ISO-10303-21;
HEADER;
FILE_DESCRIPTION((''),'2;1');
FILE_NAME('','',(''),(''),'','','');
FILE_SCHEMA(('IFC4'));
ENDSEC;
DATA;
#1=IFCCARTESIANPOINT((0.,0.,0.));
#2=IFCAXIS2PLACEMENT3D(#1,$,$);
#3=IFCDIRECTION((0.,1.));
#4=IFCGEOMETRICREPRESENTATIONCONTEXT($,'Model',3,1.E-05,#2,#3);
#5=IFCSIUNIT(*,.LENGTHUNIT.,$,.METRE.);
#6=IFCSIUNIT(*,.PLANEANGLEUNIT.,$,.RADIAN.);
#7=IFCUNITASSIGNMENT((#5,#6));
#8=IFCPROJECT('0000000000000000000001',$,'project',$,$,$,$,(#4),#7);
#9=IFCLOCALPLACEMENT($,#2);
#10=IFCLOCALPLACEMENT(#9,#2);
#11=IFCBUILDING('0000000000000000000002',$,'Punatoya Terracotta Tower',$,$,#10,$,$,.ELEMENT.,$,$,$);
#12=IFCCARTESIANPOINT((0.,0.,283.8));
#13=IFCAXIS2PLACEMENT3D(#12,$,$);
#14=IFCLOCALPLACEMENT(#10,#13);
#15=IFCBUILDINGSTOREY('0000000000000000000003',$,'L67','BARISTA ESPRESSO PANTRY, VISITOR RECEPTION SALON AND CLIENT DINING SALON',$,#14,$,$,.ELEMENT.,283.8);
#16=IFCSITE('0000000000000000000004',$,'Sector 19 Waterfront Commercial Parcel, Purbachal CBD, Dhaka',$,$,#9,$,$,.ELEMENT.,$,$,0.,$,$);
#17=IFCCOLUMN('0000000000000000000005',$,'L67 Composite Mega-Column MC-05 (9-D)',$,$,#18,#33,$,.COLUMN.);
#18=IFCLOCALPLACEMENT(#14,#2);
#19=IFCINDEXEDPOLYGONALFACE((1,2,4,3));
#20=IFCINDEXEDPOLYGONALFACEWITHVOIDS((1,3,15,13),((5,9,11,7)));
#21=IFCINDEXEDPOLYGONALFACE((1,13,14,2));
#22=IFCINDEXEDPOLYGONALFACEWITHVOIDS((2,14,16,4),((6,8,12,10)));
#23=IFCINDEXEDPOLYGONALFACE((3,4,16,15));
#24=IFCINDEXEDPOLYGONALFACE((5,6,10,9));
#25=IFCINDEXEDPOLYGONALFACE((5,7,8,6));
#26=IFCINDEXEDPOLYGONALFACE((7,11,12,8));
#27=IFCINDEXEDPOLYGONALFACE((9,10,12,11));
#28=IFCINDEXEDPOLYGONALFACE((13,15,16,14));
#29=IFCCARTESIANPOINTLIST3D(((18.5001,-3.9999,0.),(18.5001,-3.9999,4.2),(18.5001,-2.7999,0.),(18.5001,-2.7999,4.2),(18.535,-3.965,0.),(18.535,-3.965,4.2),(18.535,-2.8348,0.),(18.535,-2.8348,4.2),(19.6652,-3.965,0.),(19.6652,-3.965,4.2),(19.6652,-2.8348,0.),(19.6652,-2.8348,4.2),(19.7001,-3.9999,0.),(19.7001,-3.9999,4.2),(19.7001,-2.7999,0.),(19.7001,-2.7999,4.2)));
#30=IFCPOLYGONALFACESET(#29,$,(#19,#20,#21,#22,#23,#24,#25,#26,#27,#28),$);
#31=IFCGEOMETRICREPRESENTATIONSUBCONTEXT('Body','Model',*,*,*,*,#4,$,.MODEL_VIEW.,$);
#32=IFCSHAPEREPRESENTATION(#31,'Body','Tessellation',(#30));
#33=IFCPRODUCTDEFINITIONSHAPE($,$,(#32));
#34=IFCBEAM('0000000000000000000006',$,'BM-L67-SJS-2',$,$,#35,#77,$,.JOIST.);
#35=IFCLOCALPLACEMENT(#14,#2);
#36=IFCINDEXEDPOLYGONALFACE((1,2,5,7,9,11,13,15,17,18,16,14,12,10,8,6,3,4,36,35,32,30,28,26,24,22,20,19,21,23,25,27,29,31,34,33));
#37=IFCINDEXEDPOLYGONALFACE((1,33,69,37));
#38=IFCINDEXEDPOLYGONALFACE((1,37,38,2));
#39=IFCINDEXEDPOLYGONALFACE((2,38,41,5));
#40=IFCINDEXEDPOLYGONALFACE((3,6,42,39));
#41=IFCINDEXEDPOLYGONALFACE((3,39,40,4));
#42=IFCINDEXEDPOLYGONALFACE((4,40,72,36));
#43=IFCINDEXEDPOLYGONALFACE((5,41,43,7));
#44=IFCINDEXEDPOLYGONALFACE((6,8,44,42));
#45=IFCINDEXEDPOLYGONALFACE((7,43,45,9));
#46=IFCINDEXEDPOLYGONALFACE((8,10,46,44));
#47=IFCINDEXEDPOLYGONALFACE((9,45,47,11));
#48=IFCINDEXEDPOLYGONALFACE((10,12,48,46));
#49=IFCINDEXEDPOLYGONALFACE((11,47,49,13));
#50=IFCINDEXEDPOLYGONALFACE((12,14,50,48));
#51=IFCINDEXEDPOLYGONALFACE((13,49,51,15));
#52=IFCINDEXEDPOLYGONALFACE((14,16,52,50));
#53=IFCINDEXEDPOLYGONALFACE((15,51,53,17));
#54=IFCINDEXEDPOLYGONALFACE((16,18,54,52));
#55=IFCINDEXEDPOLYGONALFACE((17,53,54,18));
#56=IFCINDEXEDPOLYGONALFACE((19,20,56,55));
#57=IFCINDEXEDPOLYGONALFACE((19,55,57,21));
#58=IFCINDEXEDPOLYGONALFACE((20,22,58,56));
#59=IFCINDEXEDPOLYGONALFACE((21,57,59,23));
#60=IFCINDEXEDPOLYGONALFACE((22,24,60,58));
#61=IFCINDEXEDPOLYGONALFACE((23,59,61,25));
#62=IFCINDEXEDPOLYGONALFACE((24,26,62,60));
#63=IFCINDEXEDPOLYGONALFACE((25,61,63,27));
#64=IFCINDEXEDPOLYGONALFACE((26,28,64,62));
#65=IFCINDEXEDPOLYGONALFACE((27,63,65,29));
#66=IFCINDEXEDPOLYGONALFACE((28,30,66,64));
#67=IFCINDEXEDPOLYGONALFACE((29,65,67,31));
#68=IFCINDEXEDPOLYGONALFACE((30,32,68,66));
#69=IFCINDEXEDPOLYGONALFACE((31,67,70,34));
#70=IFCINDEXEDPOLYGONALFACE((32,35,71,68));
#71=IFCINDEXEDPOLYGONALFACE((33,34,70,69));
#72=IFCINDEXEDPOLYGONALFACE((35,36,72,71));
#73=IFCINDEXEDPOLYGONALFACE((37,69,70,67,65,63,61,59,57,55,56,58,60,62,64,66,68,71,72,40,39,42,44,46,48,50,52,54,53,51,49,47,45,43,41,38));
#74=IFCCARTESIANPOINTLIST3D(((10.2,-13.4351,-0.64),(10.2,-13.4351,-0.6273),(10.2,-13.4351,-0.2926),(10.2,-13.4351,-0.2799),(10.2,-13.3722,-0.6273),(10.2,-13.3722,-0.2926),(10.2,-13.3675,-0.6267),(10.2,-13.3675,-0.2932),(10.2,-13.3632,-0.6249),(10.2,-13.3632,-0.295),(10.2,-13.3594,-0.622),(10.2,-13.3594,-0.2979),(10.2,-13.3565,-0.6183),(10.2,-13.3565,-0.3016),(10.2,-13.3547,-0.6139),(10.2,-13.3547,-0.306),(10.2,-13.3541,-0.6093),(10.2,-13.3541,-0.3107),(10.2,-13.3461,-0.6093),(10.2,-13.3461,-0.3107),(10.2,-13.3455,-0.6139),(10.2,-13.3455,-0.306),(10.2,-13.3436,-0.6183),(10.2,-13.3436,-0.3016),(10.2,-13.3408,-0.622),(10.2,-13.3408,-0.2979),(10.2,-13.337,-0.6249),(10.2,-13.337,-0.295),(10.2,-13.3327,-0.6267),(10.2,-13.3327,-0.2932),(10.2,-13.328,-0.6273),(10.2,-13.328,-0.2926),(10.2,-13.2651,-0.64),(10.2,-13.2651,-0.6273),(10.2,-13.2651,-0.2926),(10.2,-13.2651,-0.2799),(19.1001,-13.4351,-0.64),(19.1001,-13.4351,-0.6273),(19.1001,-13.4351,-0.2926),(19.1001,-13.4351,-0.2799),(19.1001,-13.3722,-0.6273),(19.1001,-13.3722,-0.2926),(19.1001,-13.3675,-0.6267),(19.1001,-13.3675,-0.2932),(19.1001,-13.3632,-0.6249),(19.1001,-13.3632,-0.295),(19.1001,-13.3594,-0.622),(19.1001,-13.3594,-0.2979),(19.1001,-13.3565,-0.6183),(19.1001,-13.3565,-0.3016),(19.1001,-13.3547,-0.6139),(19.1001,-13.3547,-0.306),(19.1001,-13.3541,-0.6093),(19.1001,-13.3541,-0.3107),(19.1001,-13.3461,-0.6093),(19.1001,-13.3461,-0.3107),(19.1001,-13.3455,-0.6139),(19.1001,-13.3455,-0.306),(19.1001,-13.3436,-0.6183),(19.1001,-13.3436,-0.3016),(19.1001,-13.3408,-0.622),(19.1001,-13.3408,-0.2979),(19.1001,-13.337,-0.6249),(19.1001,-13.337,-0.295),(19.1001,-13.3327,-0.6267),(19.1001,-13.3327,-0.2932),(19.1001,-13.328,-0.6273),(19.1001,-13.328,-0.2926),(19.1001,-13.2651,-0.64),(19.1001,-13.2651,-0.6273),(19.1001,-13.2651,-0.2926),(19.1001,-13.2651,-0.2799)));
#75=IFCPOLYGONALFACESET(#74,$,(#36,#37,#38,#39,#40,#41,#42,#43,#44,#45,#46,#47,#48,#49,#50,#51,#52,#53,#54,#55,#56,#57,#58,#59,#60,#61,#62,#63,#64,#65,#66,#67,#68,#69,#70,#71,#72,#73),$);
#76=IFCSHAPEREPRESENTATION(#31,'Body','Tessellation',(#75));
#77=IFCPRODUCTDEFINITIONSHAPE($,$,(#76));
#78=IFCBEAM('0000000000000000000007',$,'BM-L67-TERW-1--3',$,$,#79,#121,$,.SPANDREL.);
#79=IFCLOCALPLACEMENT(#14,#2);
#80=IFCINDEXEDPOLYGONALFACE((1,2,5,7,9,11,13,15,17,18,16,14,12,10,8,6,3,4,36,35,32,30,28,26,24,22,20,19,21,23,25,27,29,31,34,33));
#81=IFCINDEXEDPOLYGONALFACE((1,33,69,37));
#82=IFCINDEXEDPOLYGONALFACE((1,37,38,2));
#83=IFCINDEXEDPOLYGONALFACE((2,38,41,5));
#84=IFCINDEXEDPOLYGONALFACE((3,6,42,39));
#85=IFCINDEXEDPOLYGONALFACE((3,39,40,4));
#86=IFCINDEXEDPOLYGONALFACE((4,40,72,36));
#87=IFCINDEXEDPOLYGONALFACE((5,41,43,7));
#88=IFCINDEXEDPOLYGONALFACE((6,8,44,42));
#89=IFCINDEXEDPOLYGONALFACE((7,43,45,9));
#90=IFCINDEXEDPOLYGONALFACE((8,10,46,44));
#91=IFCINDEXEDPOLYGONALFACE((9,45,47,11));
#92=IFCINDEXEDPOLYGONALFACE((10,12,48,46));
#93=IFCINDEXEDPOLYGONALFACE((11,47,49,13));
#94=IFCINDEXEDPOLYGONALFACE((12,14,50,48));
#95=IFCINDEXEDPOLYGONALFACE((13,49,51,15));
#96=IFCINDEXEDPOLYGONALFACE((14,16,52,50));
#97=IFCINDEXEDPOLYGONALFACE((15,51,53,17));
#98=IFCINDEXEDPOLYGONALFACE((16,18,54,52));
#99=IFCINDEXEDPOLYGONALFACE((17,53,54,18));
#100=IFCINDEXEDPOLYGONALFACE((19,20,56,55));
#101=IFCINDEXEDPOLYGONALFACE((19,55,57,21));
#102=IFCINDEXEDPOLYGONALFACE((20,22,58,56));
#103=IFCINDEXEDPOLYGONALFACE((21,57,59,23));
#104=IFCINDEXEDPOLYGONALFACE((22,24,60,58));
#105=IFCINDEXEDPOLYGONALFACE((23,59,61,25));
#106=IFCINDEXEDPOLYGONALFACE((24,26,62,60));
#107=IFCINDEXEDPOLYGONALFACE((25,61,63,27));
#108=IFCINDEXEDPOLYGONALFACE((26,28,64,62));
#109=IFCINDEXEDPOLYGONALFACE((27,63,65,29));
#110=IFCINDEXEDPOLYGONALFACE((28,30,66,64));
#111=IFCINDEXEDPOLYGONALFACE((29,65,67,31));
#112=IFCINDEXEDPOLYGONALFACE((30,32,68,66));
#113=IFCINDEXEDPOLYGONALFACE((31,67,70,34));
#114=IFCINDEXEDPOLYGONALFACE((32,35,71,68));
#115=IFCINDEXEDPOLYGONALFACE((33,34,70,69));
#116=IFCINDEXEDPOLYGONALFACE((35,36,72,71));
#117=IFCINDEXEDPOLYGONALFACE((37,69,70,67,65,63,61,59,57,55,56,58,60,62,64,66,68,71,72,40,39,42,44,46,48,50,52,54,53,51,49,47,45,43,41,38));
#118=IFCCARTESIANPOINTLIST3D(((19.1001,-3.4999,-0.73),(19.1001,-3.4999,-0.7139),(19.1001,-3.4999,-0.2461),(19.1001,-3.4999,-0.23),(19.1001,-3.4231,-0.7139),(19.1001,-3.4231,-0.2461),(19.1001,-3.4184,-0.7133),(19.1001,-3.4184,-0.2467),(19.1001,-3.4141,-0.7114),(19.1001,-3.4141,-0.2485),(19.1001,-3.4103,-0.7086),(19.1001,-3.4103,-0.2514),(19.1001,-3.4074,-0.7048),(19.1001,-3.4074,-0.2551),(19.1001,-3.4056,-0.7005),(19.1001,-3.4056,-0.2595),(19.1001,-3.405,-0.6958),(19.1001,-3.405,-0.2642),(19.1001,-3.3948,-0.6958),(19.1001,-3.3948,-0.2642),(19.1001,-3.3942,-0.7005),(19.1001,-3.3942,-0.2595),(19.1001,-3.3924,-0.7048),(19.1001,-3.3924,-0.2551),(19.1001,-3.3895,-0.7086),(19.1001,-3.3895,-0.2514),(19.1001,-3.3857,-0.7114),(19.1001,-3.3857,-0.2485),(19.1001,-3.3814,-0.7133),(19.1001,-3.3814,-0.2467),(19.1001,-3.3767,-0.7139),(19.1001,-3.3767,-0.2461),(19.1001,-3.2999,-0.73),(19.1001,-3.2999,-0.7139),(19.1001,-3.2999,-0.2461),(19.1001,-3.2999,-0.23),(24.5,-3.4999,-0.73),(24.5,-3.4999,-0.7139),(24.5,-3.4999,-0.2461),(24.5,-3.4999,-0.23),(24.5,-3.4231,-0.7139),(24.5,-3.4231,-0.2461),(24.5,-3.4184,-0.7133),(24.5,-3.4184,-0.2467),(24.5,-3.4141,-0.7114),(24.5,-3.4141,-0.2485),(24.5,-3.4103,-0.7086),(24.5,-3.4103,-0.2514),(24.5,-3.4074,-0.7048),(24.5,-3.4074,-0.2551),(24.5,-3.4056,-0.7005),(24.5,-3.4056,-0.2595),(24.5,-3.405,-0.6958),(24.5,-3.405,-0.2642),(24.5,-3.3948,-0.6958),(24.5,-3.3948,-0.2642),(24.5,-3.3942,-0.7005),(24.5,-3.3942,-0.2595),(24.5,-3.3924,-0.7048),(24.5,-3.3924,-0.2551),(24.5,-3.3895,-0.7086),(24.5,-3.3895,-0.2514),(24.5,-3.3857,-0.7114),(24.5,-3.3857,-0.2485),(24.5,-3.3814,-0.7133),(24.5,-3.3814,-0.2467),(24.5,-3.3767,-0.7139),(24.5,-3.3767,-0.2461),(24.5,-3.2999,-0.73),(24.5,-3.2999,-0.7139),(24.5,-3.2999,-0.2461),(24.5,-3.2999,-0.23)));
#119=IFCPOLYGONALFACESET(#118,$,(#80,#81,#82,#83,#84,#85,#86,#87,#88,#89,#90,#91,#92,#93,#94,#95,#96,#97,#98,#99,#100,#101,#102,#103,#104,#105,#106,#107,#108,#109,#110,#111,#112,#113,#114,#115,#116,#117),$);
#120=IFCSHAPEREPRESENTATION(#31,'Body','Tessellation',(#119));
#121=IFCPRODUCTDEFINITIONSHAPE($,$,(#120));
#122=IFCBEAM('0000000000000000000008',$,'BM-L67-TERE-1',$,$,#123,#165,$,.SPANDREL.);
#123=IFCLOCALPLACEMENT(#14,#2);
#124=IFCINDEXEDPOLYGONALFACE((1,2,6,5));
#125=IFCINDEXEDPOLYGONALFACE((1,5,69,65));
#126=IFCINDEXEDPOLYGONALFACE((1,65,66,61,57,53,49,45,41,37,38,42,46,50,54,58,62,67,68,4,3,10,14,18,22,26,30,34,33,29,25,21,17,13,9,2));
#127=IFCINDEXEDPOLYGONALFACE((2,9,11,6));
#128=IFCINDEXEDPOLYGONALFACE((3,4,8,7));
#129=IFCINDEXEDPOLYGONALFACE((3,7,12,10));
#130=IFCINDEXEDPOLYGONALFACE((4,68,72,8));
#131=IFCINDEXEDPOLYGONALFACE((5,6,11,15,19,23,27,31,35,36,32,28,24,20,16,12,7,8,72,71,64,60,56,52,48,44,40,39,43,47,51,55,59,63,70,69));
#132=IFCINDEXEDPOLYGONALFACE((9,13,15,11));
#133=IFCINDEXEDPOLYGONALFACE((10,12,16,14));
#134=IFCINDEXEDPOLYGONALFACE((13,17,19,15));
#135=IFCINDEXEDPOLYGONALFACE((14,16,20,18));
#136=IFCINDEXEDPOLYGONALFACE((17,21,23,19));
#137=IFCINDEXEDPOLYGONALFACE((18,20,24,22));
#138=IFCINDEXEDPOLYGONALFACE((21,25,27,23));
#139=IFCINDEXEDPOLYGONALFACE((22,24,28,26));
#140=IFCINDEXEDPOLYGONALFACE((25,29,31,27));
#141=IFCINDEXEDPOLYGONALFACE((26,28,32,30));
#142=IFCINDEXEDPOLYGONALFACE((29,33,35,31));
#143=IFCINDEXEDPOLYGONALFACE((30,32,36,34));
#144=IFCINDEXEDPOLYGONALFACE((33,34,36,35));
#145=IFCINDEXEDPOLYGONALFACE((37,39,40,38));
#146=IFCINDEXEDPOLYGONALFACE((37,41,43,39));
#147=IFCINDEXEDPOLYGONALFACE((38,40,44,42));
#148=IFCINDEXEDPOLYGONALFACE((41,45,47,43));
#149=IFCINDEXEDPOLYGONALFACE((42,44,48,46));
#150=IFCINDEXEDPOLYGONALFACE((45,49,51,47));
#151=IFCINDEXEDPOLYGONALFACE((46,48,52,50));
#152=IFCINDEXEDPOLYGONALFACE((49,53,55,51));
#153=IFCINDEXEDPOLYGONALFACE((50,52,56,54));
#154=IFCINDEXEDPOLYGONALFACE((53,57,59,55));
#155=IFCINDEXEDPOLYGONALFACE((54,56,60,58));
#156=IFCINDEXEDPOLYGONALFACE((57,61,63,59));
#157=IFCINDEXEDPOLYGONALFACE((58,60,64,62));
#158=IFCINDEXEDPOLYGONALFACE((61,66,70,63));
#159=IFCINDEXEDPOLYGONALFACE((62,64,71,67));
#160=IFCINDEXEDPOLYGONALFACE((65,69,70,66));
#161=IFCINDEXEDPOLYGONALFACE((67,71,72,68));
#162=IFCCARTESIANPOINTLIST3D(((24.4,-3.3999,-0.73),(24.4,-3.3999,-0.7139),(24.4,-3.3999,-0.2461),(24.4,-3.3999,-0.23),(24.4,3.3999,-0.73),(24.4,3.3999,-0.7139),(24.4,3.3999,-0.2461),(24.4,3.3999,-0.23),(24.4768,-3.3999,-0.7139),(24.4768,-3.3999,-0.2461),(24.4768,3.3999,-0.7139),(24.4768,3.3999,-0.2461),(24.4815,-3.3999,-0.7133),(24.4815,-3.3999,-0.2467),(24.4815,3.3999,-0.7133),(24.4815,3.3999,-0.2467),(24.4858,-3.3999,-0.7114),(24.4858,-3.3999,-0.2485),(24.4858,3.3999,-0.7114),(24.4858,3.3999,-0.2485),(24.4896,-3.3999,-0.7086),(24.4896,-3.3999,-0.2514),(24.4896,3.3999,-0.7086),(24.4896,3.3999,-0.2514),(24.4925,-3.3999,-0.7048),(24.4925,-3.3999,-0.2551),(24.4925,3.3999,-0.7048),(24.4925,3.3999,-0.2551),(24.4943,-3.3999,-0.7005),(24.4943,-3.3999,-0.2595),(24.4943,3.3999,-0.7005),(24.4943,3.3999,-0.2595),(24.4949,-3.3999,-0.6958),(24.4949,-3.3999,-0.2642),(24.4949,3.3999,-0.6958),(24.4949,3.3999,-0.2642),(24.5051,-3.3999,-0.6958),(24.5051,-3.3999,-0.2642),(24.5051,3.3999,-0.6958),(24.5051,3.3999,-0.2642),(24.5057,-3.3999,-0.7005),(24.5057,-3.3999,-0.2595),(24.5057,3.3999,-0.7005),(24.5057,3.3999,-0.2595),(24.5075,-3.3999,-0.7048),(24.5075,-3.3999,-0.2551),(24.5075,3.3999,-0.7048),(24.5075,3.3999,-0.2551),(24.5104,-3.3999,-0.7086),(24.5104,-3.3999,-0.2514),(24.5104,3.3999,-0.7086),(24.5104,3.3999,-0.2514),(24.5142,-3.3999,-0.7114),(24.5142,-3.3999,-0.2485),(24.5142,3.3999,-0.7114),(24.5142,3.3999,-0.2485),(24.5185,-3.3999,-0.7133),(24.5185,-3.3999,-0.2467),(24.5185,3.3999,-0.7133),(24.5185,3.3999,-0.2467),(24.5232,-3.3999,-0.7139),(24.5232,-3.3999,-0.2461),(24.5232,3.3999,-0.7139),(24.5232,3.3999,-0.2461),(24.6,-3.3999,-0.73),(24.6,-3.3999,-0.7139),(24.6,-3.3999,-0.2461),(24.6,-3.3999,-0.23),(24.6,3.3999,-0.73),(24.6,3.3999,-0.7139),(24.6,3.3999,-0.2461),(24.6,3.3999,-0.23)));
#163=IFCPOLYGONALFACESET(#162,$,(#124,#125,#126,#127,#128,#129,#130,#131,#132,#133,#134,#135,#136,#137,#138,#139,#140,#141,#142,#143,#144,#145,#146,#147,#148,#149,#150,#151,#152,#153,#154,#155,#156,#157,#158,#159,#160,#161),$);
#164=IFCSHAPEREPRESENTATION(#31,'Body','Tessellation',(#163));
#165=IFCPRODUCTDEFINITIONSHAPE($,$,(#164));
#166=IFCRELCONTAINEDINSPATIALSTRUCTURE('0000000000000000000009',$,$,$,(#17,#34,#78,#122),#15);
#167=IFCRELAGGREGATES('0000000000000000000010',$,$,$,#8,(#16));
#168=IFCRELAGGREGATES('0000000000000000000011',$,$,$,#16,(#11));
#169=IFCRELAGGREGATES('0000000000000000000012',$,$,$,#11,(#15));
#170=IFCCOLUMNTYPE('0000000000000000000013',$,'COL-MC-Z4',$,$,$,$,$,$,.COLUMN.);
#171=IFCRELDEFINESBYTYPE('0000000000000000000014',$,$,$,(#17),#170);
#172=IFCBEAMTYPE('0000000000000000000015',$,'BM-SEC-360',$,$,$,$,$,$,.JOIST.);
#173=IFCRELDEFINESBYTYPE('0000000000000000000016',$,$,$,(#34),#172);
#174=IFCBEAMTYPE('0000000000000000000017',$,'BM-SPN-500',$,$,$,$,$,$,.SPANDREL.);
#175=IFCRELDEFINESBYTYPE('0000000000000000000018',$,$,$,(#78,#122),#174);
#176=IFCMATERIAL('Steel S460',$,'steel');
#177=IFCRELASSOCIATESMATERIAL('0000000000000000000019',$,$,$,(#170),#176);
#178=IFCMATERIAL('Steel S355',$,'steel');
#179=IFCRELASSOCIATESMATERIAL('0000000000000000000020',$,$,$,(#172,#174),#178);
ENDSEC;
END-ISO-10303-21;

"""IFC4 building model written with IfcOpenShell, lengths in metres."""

from ifc_helpers import new_model, si_unit, direction, frame, origin, origin_2d, place, context, subcontext, project, spatial, hollow_rectangle, i_section, extrude, material, material_profile, profile_set, type_object, element, save


model = new_model("IFC4")

# Units and contexts
model_context = context("Model", 3, precision=1e-05, world=origin(), true_north=direction((0.0, 1.0)))
body_context = subcontext(model_context, "Body", "Model", "MODEL_VIEW")
ifc_project = project(units=[si_unit("LENGTHUNIT", "METRE"), si_unit("PLANEANGLEUNIT", "RADIAN")], contexts=[model_context])

# Site, building, storey
site_placement = place(None, origin())
site = spatial("IfcSite", under=ifc_project, at=site_placement, Name="Sector 19 Waterfront Commercial Parcel, Purbachal CBD, Dhaka", CompositionType="ELEMENT", RefElevation=0.0)
building_placement = place(site_placement, origin())
building = spatial("IfcBuilding", under=site, at=building_placement, Name="Punatoya Terracotta Tower", CompositionType="ELEMENT")
storey_placement = place(building_placement, frame((0.0, 0.0, 283.8)))
storey = spatial("IfcBuildingStorey", under=building, at=storey_placement, Name="L67", Description="BARISTA ESPRESSO PANTRY, VISITOR RECEPTION SALON AND CLIENT DINING SALON", CompositionType="ELEMENT", Elevation=283.8)

# Column
ifc_material_1 = material(Name="Steel S460", Category="steel")
ifc_material_profile_1 = material_profile(ifc_material_1, hollow_rectangle(XDim=1.2, YDim=1.2, WallThickness=0.0349, at=origin_2d()))
ifc_profile_set_1 = profile_set([ifc_material_profile_1], Name="Steel S460")
column_type = type_object("IfcColumnType", Name="COL-MC-Z4", PredefinedType="COLUMN", material=ifc_profile_set_1)
column_placement = place(storey_placement, frame((19.1001, -3.3999, 0.0), z_axis=(0.0, 0.0, 1.0), x_axis=(1.0, 0.0, 0.0)))
element("IfcColumn", 1, at=column_placement, inside=storey, type_object=column_type, Name="L67 Composite Mega-Column MC-05 (9-D)", PredefinedType="COLUMN", context=body_context, shape_type="SweptSolid", body=[
    extrude(hollow_rectangle(XDim=1.2, YDim=1.2, WallThickness=0.0349, at=origin_2d()), origin(), (0.0, 0.0, 1.0), 4.2),
])

# Beams
ifc_material_2 = material(Name="Steel S355", Category="steel")
ifc_material_profile_2 = material_profile(ifc_material_2, i_section(OverallWidth=0.1699, OverallDepth=0.3601, WebThickness=0.0081, FlangeThickness=0.0127, FilletRadius=0.0181, at=origin_2d()))
ifc_profile_set_2 = profile_set([ifc_material_profile_2], Name="Steel S355")
beam_type_1 = type_object("IfcBeamType", Name="BM-SEC-360", PredefinedType="JOIST", material=ifc_profile_set_2)
beam_1_placement = place(storey_placement, frame((10.2, -13.3501, -0.46), z_axis=(1.0, 0.0, 0.0), x_axis=(0.0, 1.0, 0.0)))
element("IfcBeam", 2, at=beam_1_placement, inside=storey, type_object=beam_type_1, Name="BM-L67-SJS-2", PredefinedType="JOIST", context=body_context, shape_type="SweptSolid", body=[
    extrude(i_section(OverallWidth=0.1699, OverallDepth=0.3601, WebThickness=0.0081, FlangeThickness=0.0127, FilletRadius=0.0181, at=origin_2d()), origin(), (0.0, 0.0, 1.0), 8.9001),
])
ifc_material_profile_3 = material_profile(ifc_material_2, i_section(OverallWidth=0.2, OverallDepth=0.5, WebThickness=0.0103, FlangeThickness=0.0161, FilletRadius=0.0181, at=origin_2d()))
ifc_profile_set_3 = profile_set([ifc_material_profile_3], Name="Steel S355")
beam_type_2 = type_object("IfcBeamType", Name="BM-SPN-500", PredefinedType="SPANDREL", material=ifc_profile_set_3)
beam_2_placement = place(storey_placement, frame((19.1001, -3.3999, -0.48), z_axis=(1.0, 0.0, 0.0), x_axis=(0.0, 1.0, 0.0)))
element("IfcBeam", 3, at=beam_2_placement, inside=storey, type_object=beam_type_2, Name="BM-L67-TERW-1--3", PredefinedType="SPANDREL", context=body_context, shape_type="SweptSolid", body=[
    extrude(i_section(OverallWidth=0.2, OverallDepth=0.5, WebThickness=0.0103, FlangeThickness=0.0161, FilletRadius=0.0181, at=origin_2d()), origin(), (0.0, 0.0, 1.0), 5.3999),
])
beam_3_placement = place(storey_placement, frame((24.5, -3.3999, -0.48), z_axis=(0.0, 1.0, 0.0), x_axis=(-1.0, 0.0, 0.0)))
element("IfcBeam", 4, at=beam_3_placement, inside=storey, type_object=beam_type_2, Name="BM-L67-TERE-1", PredefinedType="SPANDREL", context=body_context, shape_type="SweptSolid", body=[
    extrude(i_section(OverallWidth=0.2, OverallDepth=0.5, WebThickness=0.0103, FlangeThickness=0.0161, FilletRadius=0.0181, at=origin_2d()), origin(), (0.0, 0.0, 1.0), 6.7998),
])

save(model, "model.ifc")
